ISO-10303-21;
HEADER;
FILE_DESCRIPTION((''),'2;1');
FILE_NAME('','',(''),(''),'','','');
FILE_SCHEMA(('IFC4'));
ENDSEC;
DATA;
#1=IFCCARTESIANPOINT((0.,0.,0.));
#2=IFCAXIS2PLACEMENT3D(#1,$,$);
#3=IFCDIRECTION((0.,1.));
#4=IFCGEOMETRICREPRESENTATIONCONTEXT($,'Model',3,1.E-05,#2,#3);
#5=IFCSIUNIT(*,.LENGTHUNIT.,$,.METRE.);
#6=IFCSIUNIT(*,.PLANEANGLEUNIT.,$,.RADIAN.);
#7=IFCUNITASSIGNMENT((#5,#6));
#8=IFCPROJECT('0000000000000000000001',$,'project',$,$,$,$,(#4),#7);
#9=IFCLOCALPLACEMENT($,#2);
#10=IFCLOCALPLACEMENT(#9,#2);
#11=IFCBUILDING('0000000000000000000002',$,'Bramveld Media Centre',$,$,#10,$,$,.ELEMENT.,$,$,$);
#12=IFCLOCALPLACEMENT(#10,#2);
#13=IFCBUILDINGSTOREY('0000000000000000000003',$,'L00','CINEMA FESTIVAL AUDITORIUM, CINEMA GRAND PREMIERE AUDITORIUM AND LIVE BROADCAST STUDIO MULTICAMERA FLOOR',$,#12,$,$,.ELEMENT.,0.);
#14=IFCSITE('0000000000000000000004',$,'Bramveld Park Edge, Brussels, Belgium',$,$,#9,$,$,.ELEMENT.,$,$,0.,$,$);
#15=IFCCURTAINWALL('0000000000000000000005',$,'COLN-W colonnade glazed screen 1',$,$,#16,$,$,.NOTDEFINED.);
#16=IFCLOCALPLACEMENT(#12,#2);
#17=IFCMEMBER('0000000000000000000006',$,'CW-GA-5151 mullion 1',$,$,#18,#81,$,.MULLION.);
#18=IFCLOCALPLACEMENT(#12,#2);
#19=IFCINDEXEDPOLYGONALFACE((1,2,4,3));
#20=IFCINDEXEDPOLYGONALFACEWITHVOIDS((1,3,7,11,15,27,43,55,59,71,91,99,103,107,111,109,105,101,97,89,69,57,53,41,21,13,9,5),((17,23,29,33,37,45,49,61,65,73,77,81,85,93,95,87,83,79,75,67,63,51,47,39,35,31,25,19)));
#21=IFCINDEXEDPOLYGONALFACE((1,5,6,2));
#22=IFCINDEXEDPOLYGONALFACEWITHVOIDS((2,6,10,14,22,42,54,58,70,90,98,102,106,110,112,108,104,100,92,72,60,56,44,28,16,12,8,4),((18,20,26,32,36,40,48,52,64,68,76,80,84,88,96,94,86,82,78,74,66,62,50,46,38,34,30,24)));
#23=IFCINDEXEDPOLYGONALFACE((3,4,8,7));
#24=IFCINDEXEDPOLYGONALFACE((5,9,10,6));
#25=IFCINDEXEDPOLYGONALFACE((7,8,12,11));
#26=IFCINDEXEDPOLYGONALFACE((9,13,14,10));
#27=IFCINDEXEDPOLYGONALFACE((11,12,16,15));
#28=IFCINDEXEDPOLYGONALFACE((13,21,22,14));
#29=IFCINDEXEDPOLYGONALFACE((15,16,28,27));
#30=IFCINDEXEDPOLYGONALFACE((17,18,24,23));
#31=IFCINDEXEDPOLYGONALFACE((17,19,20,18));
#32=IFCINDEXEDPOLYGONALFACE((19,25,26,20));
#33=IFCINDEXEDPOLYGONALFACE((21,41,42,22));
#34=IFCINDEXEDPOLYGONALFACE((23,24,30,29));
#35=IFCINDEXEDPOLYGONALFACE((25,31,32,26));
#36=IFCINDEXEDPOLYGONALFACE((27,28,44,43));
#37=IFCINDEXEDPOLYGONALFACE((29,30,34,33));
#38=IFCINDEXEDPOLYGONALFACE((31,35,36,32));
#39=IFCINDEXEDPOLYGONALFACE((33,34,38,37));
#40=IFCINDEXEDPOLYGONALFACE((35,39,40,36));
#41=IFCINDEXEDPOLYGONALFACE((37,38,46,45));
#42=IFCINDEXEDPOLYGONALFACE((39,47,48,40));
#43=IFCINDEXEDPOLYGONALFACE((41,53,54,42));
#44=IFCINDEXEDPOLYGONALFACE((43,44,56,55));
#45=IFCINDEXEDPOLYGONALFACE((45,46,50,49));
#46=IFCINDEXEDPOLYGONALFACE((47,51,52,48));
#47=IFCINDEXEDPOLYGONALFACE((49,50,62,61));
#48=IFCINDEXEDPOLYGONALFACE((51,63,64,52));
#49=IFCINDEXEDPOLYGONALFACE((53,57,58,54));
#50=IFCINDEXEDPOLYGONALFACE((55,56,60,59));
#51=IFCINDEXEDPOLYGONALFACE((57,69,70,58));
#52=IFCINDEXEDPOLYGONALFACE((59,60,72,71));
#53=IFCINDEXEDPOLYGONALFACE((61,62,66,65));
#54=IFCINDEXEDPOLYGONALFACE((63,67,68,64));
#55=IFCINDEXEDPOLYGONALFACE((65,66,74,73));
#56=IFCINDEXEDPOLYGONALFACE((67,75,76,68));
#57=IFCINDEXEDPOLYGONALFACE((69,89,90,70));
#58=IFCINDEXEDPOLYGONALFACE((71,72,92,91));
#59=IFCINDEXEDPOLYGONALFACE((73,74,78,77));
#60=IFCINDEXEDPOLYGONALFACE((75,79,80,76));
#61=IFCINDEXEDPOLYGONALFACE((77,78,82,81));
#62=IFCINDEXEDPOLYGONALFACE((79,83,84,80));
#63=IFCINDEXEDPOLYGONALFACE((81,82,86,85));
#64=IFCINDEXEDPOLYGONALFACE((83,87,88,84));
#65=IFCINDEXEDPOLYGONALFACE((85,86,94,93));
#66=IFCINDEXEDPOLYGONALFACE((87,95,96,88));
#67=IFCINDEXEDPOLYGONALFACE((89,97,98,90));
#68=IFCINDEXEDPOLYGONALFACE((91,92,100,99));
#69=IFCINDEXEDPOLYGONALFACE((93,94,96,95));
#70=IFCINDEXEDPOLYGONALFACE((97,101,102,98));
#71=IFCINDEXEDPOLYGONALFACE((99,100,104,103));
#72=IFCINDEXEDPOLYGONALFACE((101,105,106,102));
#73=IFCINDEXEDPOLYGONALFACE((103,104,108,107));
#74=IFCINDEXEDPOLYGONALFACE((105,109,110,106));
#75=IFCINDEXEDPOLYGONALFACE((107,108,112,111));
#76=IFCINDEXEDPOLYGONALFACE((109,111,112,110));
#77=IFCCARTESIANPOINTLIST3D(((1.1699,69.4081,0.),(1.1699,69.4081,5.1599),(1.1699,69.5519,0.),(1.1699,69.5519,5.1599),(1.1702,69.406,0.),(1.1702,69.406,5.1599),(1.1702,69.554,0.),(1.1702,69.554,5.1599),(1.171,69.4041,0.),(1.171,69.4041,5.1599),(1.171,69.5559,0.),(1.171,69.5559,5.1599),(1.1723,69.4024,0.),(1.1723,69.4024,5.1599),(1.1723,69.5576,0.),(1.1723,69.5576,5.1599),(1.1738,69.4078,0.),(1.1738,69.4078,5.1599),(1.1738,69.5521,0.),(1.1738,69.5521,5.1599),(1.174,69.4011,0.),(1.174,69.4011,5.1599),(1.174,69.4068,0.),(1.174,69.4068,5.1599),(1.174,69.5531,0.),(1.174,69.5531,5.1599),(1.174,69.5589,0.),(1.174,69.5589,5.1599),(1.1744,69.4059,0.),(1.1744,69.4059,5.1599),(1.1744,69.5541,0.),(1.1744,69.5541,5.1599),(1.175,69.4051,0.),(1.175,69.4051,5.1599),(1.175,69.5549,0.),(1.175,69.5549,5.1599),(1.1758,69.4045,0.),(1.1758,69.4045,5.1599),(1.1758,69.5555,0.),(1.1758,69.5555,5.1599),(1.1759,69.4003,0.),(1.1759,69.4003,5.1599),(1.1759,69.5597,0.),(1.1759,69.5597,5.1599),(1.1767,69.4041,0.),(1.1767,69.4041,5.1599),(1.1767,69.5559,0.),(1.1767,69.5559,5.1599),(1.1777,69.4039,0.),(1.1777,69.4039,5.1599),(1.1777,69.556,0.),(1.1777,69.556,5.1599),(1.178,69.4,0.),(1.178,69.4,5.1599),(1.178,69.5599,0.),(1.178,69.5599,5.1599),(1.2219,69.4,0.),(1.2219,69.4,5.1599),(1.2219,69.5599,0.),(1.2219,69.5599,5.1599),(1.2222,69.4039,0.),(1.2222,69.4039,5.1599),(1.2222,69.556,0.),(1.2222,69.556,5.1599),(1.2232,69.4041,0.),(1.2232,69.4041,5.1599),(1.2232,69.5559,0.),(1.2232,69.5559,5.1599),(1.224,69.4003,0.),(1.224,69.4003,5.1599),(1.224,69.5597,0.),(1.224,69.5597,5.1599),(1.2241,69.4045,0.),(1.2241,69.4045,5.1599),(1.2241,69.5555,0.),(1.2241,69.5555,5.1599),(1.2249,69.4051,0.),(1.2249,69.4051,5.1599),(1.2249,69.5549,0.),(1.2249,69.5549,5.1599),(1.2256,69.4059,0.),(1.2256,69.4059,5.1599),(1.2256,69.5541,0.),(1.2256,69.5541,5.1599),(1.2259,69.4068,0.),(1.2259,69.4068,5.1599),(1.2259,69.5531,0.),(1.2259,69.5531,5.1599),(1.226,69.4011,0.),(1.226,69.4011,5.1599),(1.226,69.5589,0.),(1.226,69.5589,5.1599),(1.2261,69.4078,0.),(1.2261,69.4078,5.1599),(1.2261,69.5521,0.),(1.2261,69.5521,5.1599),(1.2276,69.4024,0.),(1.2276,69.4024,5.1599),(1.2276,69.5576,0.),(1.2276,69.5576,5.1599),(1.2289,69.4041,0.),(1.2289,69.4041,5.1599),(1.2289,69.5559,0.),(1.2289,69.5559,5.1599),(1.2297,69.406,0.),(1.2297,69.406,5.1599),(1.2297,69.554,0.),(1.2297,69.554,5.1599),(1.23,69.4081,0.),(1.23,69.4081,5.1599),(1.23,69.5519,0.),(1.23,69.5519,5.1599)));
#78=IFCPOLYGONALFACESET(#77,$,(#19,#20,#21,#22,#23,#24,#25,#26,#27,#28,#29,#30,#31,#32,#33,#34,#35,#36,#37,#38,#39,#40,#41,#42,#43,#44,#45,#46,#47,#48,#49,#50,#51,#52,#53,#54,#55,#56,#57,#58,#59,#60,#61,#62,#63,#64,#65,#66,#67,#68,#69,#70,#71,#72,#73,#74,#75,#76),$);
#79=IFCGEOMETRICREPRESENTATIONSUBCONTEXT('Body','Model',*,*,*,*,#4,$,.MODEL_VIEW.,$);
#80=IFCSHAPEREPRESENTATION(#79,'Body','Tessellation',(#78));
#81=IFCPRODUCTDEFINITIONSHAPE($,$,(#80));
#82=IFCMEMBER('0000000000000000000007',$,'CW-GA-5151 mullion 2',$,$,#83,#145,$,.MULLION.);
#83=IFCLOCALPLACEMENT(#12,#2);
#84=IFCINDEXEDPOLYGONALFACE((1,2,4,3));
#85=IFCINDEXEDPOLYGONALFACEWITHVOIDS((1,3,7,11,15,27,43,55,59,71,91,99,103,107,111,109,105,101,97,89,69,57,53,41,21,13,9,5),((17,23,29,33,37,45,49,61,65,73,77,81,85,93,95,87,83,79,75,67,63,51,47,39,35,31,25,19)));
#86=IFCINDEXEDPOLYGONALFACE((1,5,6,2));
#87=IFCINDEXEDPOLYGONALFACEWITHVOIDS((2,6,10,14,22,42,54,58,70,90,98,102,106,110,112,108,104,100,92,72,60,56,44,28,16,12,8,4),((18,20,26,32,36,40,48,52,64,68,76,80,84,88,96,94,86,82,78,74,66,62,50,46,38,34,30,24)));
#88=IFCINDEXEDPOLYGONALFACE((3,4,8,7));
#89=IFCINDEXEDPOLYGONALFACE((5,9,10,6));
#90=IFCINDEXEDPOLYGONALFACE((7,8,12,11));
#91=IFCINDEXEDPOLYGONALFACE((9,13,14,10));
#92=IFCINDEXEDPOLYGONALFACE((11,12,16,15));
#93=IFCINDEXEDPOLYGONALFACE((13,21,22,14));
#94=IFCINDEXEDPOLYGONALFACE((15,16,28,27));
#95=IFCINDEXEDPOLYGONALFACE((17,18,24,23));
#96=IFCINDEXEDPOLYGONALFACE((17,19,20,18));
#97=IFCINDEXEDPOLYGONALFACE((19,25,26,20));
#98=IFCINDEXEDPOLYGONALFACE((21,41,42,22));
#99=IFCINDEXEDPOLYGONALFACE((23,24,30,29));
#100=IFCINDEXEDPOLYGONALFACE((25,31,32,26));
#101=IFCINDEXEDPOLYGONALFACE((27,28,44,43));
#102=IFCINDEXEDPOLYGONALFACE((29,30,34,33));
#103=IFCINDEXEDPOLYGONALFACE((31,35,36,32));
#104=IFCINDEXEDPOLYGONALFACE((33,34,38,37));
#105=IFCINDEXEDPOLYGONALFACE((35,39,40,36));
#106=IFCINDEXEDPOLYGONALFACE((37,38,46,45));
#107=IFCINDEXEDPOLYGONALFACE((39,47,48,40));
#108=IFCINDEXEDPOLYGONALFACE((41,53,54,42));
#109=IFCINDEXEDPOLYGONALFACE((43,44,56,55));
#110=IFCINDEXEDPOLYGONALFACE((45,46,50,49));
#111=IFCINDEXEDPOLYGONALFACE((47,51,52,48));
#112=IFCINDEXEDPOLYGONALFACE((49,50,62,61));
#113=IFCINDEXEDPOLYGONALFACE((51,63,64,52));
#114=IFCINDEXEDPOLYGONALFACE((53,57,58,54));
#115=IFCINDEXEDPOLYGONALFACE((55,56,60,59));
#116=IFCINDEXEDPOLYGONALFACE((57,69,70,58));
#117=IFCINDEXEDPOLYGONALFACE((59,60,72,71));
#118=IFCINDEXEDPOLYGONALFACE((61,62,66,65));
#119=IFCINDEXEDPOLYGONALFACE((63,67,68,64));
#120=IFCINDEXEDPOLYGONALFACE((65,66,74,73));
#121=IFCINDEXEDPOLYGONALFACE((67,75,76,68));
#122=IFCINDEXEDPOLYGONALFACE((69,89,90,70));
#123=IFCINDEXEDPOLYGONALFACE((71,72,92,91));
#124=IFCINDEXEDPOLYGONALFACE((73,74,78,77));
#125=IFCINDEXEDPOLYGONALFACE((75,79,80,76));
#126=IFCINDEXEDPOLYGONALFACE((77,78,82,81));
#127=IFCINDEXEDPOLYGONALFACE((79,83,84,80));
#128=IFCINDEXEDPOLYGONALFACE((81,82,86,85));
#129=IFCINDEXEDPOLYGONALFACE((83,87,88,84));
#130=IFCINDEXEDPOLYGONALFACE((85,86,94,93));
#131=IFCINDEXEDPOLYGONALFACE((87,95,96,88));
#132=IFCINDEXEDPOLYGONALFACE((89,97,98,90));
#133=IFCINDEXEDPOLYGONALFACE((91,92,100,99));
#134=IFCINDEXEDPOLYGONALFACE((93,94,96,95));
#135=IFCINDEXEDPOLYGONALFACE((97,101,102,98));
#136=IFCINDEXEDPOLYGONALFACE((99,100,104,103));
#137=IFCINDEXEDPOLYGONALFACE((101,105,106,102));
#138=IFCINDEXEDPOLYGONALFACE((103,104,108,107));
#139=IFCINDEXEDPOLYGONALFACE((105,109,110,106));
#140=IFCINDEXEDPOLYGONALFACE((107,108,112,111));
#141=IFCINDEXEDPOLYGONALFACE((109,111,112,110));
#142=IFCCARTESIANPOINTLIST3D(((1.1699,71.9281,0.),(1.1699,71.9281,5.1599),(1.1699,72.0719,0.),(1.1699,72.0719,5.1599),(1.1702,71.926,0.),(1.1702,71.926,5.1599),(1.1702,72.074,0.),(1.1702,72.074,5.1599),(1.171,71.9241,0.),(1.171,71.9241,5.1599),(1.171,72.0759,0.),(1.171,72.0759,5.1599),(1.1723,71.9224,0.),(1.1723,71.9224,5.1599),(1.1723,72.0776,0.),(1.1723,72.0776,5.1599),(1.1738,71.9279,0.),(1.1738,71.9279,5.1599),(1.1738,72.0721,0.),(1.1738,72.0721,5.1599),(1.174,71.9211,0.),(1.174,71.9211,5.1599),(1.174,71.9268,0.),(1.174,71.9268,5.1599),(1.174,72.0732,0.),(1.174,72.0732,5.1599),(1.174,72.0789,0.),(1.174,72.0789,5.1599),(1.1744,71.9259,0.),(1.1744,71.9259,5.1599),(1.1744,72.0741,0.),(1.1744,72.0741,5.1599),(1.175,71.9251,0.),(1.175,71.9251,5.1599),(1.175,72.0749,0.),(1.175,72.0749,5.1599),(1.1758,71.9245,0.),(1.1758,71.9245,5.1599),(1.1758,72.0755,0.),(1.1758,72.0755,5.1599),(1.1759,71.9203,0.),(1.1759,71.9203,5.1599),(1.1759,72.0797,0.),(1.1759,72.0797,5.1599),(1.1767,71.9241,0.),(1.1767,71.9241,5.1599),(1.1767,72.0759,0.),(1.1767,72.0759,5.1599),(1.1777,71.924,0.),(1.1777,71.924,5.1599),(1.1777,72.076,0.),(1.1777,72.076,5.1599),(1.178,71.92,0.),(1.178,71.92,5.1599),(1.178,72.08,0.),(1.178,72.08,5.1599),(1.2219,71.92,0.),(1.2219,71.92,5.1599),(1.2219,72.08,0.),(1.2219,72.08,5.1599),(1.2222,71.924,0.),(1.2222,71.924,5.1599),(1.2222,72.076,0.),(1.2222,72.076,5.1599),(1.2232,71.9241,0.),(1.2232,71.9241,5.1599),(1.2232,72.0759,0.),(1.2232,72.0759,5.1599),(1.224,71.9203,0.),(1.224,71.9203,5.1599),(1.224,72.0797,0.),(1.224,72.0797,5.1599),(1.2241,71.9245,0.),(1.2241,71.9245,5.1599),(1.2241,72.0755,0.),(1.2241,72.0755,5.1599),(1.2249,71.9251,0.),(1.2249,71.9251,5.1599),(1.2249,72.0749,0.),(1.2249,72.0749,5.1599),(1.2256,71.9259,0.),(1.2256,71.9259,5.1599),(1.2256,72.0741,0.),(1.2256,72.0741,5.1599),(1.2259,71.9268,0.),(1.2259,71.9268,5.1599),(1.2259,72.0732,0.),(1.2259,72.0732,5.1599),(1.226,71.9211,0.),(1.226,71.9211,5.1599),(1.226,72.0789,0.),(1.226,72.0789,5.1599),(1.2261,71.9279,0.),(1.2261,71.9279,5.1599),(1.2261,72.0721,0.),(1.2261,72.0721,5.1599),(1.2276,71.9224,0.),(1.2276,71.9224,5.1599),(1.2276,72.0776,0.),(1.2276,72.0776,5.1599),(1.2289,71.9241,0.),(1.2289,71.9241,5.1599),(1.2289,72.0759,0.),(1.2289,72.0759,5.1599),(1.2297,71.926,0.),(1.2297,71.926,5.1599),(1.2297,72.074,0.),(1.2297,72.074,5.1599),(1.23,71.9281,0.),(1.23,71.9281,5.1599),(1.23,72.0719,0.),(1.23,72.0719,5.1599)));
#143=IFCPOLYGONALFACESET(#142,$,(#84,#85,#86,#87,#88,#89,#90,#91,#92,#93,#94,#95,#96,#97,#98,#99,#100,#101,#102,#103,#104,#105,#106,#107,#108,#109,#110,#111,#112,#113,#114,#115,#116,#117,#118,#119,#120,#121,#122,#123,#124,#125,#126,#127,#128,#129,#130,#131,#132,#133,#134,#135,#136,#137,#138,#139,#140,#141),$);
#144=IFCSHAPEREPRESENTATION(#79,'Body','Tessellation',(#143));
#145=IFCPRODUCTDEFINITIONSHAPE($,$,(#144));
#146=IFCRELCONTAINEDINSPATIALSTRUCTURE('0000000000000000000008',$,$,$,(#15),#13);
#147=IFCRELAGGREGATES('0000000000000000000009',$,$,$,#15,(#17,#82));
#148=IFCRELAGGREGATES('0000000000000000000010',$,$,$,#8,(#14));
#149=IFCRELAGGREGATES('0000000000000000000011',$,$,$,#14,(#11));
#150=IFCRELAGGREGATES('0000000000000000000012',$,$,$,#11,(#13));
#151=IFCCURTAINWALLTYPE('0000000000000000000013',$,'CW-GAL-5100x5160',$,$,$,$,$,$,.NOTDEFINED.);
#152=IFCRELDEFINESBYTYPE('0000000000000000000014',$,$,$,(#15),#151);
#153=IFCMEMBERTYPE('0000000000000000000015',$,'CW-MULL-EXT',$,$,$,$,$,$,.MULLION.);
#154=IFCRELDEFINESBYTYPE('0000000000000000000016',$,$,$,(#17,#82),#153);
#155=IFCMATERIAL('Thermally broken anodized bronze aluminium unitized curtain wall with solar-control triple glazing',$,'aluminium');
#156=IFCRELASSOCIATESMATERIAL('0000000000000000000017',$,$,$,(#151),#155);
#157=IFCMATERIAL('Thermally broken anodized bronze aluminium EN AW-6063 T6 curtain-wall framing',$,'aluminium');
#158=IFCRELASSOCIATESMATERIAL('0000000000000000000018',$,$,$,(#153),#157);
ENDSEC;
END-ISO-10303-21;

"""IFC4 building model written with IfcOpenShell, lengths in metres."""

from ifc_helpers import new_model, si_unit, direction, frame, origin, origin_2d, place, context, subcontext, project, spatial, hollow_rectangle, extrude, material, material_profile, profile_set, type_object, element, aggregate, save


model = new_model("IFC4")

# Units and contexts
model_context = context("Model", 3, precision=1e-05, world=origin(), true_north=direction((0.0, 1.0)))
body_context = subcontext(model_context, "Body", "Model", "MODEL_VIEW")
ifc_project = project(units=[si_unit("LENGTHUNIT", "METRE"), si_unit("PLANEANGLEUNIT", "RADIAN")], contexts=[model_context])

# Site, building, storey
site_placement = place(None, origin())
site = spatial("IfcSite", under=ifc_project, at=site_placement, Name="Bramveld Park Edge, Brussels, Belgium", CompositionType="ELEMENT", RefElevation=0.0)
building_placement = place(site_placement, origin())
building = spatial("IfcBuilding", under=site, at=building_placement, Name="Bramveld Media Centre", CompositionType="ELEMENT")
storey_placement = place(building_placement, origin())
storey = spatial("IfcBuildingStorey", under=building, at=storey_placement, Name="L00", Description="CINEMA FESTIVAL AUDITORIUM, CINEMA GRAND PREMIERE AUDITORIUM AND LIVE BROADCAST STUDIO MULTICAMERA FLOOR", CompositionType="ELEMENT", Elevation=0.0)

# Curtain wall, members
ifc_material_1 = material(Name="Thermally broken anodized bronze aluminium unitized curtain wall with solar-control triple glazing", Category="aluminium")
curtain_wall_type = type_object("IfcCurtainWallType", Name="CW-GAL-5100x5160", PredefinedType="NOTDEFINED", material=ifc_material_1)
curtain_wall_placement = place(storey_placement, origin())
curtain_wall = element("IfcCurtainWall", 1, at=curtain_wall_placement, inside=storey, type_object=curtain_wall_type, Name="COLN-W colonnade glazed screen 1", PredefinedType="NOTDEFINED")
ifc_material_2 = material(Name="Thermally broken anodized bronze aluminium EN AW-6063 T6 curtain-wall framing", Category="aluminium")
ifc_material_profile_1 = material_profile(ifc_material_2, hollow_rectangle(XDim=0.0601, YDim=0.1599, WallThickness=0.0039, InnerFilletRadius=0.0039, OuterFilletRadius=0.0081, at=origin_2d()), Name="AL-MULL 60x160")
ifc_profile_set_1 = profile_set([ifc_material_profile_1], Name="Thermally broken anodized bronze aluminium EN AW-6063 T6 curtain-wall framing")
member_type_1 = type_object("IfcMemberType", Name="CW-MULL-EXT", PredefinedType="MULLION", material=ifc_profile_set_1)
member_1_placement = place(storey_placement, frame((1.2, 69.48, 0.0), z_axis=(0.0, 0.0, 1.0), x_axis=(-1.0, 0.0, 0.0)))
member_1 = element("IfcMember", 2, at=member_1_placement, type_object=member_type_1, Name="CW-GA-5151 mullion 1", PredefinedType="MULLION", context=body_context, shape_type="SweptSolid", body=[
    extrude(hollow_rectangle(XDim=0.0601, YDim=0.1599, WallThickness=0.0039, InnerFilletRadius=0.0039, OuterFilletRadius=0.0081, at=origin_2d()), origin(), (0.0, 0.0, 1.0), 5.1599),
])
member_2_placement = place(storey_placement, frame((1.2, 72.0, 0.0), z_axis=(0.0, 0.0, 1.0), x_axis=(-1.0, 0.0, 0.0)))
member_2 = element("IfcMember", 3, at=member_2_placement, type_object=member_type_1, Name="CW-GA-5151 mullion 2", PredefinedType="MULLION", context=body_context, shape_type="SweptSolid", body=[
    extrude(hollow_rectangle(XDim=0.0601, YDim=0.1599, WallThickness=0.0039, InnerFilletRadius=0.0039, OuterFilletRadius=0.0081, at=origin_2d()), origin(), (0.0, 0.0, 1.0), 5.1599),
])

aggregate(curtain_wall, [member_1, member_2])

save(model, "model.ifc")
